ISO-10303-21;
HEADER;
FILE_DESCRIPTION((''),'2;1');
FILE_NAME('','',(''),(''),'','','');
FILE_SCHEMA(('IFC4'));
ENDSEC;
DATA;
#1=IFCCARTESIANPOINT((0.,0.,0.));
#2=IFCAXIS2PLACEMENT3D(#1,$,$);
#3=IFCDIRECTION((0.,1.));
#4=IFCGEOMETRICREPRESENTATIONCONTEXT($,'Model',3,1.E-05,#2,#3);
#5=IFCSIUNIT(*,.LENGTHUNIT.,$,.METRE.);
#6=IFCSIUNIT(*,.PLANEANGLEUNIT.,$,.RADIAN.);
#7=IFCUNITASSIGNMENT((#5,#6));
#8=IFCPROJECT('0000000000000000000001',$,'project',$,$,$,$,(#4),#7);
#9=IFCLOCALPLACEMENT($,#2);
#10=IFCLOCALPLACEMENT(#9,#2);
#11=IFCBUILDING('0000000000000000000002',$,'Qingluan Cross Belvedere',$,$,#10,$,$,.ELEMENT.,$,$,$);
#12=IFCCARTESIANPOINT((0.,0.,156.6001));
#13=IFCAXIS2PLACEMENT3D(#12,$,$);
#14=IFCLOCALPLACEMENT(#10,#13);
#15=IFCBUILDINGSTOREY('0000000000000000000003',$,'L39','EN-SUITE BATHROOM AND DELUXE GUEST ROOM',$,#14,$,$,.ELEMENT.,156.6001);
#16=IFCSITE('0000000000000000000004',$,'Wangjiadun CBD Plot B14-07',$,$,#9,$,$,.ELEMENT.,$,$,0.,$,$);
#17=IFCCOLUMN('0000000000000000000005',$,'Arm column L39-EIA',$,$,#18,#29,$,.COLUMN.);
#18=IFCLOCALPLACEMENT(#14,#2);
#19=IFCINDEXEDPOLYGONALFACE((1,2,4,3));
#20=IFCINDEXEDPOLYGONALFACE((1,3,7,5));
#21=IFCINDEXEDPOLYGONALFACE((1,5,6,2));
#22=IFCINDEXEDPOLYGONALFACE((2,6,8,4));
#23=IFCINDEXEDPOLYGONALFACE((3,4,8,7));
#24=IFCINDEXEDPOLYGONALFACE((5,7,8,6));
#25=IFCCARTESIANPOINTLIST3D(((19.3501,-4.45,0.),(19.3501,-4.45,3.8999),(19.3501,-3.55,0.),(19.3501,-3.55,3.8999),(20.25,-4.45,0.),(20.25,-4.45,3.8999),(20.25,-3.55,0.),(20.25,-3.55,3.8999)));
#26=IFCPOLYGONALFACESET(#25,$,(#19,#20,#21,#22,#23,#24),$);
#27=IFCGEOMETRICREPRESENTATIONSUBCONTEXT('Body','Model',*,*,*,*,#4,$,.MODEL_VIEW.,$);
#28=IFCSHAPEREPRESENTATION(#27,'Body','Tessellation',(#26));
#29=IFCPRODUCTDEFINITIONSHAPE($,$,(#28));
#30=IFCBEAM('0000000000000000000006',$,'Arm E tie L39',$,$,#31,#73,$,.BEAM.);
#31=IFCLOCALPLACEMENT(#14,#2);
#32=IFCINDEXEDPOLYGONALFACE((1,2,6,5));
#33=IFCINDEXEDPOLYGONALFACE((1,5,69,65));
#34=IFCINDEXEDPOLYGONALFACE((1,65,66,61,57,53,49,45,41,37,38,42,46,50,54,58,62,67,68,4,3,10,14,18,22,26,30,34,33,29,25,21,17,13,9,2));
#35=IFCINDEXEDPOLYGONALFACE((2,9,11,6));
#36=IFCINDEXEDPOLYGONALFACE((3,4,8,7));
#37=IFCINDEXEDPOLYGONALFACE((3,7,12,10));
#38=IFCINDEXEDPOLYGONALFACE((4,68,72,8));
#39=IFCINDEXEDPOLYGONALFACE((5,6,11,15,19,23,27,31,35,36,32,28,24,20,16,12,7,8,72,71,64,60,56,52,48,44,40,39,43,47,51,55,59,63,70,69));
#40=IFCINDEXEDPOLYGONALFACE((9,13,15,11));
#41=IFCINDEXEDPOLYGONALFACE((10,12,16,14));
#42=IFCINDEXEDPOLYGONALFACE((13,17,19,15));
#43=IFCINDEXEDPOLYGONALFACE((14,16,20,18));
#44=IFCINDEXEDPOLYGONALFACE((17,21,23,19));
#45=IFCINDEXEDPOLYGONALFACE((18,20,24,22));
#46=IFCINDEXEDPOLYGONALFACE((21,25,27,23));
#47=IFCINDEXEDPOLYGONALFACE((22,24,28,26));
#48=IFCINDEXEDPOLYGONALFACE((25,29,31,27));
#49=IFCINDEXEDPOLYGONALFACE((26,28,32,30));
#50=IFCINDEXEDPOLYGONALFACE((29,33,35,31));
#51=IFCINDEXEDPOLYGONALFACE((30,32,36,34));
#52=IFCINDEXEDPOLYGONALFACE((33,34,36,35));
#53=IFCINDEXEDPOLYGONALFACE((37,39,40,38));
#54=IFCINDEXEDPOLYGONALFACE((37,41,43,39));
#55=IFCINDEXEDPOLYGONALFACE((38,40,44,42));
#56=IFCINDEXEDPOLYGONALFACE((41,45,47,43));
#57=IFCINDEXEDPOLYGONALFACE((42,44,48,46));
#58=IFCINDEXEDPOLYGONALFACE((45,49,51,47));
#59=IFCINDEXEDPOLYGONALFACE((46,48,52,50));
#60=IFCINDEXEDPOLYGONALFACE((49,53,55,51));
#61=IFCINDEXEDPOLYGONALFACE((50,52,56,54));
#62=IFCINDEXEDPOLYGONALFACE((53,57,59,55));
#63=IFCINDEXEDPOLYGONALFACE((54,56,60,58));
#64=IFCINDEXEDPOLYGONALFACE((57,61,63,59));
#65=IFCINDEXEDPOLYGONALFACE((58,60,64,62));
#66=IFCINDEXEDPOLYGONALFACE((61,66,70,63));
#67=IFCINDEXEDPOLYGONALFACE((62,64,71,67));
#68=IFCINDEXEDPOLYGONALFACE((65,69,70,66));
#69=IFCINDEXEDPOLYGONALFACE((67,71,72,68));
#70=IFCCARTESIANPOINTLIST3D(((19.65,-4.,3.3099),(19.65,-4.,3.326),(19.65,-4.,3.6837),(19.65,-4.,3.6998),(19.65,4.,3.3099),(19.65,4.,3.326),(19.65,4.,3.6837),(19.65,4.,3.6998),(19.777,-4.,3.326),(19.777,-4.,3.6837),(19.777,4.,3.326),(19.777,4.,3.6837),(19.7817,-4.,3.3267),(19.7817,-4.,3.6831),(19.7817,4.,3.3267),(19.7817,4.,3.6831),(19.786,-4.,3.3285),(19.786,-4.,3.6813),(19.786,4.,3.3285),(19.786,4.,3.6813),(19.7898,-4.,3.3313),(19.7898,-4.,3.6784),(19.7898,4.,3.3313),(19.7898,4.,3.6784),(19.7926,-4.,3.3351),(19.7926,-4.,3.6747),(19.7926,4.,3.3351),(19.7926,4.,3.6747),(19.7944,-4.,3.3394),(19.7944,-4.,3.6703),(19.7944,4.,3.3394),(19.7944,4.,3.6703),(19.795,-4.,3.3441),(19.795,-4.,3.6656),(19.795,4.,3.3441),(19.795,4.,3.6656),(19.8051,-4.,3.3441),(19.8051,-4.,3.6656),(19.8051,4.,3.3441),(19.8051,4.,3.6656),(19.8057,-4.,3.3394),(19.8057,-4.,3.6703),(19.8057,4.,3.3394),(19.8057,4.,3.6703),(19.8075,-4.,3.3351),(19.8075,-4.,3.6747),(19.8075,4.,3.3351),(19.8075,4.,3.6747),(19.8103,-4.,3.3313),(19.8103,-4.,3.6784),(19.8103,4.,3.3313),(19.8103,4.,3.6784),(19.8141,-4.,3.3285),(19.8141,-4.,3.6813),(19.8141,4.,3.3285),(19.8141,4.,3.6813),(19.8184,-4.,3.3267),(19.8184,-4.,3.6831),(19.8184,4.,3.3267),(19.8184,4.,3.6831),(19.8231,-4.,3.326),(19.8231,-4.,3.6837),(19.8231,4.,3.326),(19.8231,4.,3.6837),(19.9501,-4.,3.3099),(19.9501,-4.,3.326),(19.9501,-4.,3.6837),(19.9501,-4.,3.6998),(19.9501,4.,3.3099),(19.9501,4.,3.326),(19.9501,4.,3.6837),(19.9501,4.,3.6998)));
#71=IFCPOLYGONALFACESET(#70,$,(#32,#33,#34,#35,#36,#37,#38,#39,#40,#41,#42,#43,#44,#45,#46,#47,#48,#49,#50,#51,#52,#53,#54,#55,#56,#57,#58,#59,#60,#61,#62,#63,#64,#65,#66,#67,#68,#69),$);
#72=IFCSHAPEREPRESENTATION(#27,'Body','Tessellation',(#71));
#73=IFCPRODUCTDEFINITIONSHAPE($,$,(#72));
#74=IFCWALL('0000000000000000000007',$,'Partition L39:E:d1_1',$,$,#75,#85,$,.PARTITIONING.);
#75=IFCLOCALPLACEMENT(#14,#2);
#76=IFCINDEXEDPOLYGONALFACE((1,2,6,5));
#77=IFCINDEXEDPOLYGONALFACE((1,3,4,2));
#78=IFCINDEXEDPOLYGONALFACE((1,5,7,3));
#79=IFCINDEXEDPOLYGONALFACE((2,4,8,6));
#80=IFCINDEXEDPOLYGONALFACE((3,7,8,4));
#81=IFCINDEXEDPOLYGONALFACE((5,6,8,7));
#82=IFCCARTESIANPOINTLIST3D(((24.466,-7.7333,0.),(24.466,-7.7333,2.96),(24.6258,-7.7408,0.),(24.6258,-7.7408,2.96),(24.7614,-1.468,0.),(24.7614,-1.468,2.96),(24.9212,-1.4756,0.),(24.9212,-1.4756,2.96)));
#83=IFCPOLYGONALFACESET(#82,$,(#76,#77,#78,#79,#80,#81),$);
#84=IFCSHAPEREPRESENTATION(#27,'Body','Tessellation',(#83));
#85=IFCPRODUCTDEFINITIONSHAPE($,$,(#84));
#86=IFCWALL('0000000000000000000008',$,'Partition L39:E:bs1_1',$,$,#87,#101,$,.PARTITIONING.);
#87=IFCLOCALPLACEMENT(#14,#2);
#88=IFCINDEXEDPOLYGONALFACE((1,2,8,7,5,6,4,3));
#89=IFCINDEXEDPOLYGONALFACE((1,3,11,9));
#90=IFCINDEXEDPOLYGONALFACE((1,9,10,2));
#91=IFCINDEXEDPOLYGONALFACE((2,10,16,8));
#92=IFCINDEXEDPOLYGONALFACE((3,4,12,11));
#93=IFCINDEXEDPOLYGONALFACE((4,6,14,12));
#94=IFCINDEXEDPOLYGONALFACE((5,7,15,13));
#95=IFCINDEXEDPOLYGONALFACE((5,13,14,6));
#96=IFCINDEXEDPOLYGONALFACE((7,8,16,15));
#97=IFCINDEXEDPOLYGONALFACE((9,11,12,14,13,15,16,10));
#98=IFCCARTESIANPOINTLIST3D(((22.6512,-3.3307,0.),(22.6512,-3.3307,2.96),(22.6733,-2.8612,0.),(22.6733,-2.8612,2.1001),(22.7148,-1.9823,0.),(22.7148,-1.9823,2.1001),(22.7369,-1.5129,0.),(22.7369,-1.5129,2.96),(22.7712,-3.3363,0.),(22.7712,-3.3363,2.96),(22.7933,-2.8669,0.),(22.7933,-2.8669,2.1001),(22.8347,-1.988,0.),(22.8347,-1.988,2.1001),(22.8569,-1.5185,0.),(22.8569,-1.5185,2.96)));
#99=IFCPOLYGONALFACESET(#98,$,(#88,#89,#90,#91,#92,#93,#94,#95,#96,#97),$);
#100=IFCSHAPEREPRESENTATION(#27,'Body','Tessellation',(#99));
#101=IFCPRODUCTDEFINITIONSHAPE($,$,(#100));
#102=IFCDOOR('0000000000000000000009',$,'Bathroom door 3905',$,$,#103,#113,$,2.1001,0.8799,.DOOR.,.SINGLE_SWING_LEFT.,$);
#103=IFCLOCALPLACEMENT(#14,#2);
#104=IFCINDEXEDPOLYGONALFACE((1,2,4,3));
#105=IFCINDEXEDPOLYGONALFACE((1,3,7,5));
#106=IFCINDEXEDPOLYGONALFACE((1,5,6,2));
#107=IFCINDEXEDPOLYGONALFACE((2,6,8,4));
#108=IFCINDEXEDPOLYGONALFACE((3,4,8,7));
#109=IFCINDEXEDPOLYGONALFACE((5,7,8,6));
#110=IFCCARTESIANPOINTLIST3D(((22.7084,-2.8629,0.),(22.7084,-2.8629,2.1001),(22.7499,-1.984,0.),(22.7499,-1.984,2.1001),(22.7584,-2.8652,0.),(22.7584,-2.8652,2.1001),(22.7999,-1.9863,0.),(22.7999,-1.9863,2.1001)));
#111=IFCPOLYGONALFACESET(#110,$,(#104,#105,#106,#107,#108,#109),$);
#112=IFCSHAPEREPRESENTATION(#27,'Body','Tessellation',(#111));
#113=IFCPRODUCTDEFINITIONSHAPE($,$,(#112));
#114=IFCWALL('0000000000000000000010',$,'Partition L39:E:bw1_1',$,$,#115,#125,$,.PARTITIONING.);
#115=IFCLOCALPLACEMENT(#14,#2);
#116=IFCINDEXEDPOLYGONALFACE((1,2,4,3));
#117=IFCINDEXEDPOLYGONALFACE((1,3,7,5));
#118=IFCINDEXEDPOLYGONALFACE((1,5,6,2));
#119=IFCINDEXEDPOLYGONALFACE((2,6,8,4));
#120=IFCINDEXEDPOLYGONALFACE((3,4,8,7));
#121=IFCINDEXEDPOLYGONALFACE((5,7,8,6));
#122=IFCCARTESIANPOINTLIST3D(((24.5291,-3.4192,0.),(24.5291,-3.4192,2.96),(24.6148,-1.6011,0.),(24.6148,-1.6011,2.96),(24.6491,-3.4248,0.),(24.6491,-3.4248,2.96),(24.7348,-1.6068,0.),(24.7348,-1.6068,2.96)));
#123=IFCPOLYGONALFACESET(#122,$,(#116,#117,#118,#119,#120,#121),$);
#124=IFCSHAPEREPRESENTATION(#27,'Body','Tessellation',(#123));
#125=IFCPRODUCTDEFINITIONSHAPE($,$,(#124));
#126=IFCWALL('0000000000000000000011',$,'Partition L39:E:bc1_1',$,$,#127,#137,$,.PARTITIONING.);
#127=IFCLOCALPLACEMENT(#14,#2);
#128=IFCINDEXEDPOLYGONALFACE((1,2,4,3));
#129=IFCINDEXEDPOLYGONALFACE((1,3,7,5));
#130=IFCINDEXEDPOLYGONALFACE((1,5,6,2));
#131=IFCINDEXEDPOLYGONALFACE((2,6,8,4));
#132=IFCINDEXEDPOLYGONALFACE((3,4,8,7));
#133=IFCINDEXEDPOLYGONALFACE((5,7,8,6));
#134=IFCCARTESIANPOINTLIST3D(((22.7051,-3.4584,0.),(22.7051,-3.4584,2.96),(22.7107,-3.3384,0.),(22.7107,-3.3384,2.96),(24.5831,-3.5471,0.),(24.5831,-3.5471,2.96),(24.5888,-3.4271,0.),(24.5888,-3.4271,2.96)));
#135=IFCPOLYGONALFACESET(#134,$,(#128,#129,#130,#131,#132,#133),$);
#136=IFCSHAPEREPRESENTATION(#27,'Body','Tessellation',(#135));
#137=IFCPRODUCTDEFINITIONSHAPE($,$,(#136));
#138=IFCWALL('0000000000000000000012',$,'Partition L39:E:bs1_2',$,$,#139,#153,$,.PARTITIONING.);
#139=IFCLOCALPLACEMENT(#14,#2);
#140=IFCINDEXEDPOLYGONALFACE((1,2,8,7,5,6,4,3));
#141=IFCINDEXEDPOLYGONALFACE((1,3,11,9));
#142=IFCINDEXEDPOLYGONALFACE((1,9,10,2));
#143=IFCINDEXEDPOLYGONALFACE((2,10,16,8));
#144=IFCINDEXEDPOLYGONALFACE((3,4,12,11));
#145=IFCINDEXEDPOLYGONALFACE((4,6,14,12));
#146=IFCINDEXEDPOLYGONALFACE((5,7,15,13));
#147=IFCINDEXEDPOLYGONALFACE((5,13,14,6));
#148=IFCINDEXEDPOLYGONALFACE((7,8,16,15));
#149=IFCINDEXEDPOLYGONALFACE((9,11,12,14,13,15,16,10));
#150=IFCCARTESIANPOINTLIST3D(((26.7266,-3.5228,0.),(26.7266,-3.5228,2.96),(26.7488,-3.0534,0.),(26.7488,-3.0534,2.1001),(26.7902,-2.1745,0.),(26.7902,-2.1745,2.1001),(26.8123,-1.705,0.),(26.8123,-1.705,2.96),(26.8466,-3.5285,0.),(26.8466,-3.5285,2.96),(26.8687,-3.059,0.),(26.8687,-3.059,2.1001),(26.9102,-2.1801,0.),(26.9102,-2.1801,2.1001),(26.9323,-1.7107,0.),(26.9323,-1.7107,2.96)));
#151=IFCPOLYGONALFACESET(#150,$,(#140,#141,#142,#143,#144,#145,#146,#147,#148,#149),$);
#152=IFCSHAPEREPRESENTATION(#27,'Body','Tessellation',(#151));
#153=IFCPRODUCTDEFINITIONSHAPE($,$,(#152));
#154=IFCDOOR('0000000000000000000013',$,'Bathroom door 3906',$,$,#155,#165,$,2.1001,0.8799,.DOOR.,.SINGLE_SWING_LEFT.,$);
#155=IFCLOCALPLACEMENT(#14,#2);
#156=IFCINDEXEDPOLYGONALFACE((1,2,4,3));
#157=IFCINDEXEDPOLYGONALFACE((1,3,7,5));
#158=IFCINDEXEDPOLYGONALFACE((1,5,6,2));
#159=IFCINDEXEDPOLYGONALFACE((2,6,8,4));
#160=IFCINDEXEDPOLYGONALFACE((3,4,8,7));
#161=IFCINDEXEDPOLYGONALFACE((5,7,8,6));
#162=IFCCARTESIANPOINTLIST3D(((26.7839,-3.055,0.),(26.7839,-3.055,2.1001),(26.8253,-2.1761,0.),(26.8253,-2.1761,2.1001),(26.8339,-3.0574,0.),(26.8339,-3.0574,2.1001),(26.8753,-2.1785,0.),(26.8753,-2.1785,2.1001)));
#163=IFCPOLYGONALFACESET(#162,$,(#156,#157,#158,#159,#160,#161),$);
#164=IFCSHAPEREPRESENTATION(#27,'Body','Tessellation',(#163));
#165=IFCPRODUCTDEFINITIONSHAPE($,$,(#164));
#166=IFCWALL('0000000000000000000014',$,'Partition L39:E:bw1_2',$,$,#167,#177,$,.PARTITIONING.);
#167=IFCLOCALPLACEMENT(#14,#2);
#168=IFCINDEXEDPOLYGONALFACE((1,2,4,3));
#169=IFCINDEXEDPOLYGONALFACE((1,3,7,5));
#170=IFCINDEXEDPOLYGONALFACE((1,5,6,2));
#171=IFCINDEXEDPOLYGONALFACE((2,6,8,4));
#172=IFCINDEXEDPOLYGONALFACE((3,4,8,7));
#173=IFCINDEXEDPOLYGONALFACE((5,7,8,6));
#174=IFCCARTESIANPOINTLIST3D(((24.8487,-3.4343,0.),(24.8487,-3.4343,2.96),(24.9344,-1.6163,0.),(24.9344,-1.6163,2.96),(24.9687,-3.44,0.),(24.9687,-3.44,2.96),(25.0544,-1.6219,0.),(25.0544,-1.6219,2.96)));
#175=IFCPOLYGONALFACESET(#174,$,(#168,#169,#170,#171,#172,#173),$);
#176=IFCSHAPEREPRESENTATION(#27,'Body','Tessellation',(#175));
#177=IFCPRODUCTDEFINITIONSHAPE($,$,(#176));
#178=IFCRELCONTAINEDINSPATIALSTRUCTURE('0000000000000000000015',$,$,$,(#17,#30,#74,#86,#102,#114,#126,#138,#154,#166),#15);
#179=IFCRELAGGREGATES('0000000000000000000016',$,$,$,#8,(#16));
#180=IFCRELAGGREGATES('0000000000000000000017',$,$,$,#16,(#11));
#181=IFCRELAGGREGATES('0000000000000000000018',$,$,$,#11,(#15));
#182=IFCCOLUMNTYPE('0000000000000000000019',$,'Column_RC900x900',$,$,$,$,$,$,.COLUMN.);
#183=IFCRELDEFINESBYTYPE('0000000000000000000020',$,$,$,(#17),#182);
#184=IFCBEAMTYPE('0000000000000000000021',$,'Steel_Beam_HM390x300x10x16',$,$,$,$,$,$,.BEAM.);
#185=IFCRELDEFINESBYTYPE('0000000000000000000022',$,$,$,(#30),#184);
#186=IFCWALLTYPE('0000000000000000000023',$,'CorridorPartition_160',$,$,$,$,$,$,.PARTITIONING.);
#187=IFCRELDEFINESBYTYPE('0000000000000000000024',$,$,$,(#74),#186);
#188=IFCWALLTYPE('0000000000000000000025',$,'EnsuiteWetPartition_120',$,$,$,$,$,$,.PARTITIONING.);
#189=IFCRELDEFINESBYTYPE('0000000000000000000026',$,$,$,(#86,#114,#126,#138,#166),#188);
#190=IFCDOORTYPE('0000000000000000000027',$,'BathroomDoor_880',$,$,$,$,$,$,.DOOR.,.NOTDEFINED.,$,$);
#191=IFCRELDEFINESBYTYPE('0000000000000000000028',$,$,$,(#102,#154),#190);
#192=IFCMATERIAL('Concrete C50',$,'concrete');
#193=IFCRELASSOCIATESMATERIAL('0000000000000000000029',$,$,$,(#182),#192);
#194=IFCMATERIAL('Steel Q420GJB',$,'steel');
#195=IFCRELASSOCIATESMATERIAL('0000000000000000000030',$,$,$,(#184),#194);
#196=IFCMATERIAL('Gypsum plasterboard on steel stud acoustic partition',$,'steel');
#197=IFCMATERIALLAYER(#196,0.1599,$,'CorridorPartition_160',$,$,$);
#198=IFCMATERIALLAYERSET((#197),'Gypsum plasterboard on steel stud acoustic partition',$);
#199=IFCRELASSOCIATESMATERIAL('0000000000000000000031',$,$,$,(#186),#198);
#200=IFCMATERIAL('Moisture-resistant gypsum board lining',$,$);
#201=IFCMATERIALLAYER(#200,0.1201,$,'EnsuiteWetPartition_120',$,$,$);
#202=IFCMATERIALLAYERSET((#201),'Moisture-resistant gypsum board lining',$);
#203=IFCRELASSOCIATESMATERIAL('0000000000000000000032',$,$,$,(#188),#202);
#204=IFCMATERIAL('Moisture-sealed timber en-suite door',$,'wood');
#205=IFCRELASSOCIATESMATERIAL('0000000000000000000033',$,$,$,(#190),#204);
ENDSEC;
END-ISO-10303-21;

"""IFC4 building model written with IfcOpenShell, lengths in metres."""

from ifc_helpers import new_model, si_unit, direction, frame, frame_2d, origin, origin_2d, place, context, subcontext, project, spatial, rectangle, i_section, extrude, material, layer, layer_set, material_profile, profile_set, type_object, element, fill, save


model = new_model("IFC4")

# Units and contexts
model_context = context("Model", 3, precision=1e-05, world=origin(), true_north=direction((0.0, 1.0)))
body_context = subcontext(model_context, "Body", "Model", "MODEL_VIEW")
ifc_project = project(units=[si_unit("LENGTHUNIT", "METRE"), si_unit("PLANEANGLEUNIT", "RADIAN")], contexts=[model_context])

# Site, building, storey
site_placement = place(None, origin())
site = spatial("IfcSite", under=ifc_project, at=site_placement, Name="Wangjiadun CBD Plot B14-07", CompositionType="ELEMENT", RefElevation=0.0)
building_placement = place(site_placement, origin())
building = spatial("IfcBuilding", under=site, at=building_placement, Name="Qingluan Cross Belvedere", CompositionType="ELEMENT")
storey_placement = place(building_placement, frame((0.0, 0.0, 156.6001)))
storey = spatial("IfcBuildingStorey", under=building, at=storey_placement, Name="L39", Description="EN-SUITE BATHROOM AND DELUXE GUEST ROOM", CompositionType="ELEMENT", Elevation=156.6001)

# Column
ifc_material_1 = material(Name="Concrete C50", Category="concrete")
ifc_material_profile_1 = material_profile(ifc_material_1, rectangle(XDim=0.8999, YDim=0.8999, at=origin_2d()), Name="RC900x900")
ifc_profile_set_1 = profile_set([ifc_material_profile_1], Name="Concrete C50")
column_type = type_object("IfcColumnType", Name="Column_RC900x900", PredefinedType="COLUMN", material=ifc_profile_set_1)
column_placement = place(storey_placement, frame((19.8, -4.0, 0.0), z_axis=(0.0, 0.0, 1.0), x_axis=(1.0, 0.0, 0.0)))
element("IfcColumn", 1, at=column_placement, inside=storey, type_object=column_type, Name="Arm column L39-EIA", PredefinedType="COLUMN", context=body_context, shape_type="SweptSolid", body=[
    extrude(rectangle(XDim=0.8999, YDim=0.8999, at=origin_2d()), origin(), (0.0, 0.0, 1.0), 3.8999),
])

# Beam
ifc_material_2 = material(Name="Steel Q420GJB", Category="steel")
ifc_material_profile_2 = material_profile(ifc_material_2, i_section(OverallWidth=0.3, OverallDepth=0.3899, WebThickness=0.01, FlangeThickness=0.0161, FilletRadius=0.0181, at=origin_2d()), Name="HM390x300x10x16")
ifc_profile_set_2 = profile_set([ifc_material_profile_2], Name="Steel Q420GJB")
beam_type = type_object("IfcBeamType", Name="Steel_Beam_HM390x300x10x16", PredefinedType="BEAM", material=ifc_profile_set_2)
beam_placement = place(storey_placement, frame((19.8, -4.0, 3.5049), z_axis=(0.0, 1.0, 0.0), x_axis=(-1.0, 0.0, 0.0)))
element("IfcBeam", 2, at=beam_placement, inside=storey, type_object=beam_type, Name="Arm E tie L39", PredefinedType="BEAM", context=body_context, shape_type="SweptSolid", body=[
    extrude(i_section(OverallWidth=0.3, OverallDepth=0.3899, WebThickness=0.01, FlangeThickness=0.0161, FilletRadius=0.0181, at=origin_2d()), origin(), (0.0, 0.0, 1.0), 8.0),
])

# Wall
ifc_material_3 = material(Name="Gypsum plasterboard on steel stud acoustic partition", Category="steel")
ifc_layer_1 = layer(ifc_material_3, 0.1599, Name="CorridorPartition_160")
ifc_layer_set_1 = layer_set([ifc_layer_1], Name="Gypsum plasterboard on steel stud acoustic partition")
wall_type_1 = type_object("IfcWallType", Name="CorridorPartition_160", PredefinedType="PARTITIONING", material=ifc_layer_set_1)
wall_1_placement = place(storey_placement, frame((24.8413, -1.4717, 0.0), z_axis=(0.0, 0.0, 1.0), x_axis=(-0.047099, -0.99889, 0.0)))
element("IfcWall", 3, at=wall_1_placement, inside=storey, type_object=wall_type_1, Name="Partition L39:E:d1_1", PredefinedType="PARTITIONING", context=body_context, shape_type="SweptSolid", body=[
    extrude(rectangle(XDim=6.2722, YDim=0.1599, at=frame_2d((3.1362, 0.0))), origin(), (0.0, 0.0, 1.0), 2.96),
])

# Wall, opening, door
ifc_material_4 = material(Name="Moisture-resistant gypsum board lining")
ifc_layer_2 = layer(ifc_material_4, 0.1201, Name="EnsuiteWetPartition_120")
ifc_layer_set_2 = layer_set([ifc_layer_2], Name="Moisture-resistant gypsum board lining")
wall_type_2 = type_object("IfcWallType", Name="EnsuiteWetPartition_120", PredefinedType="PARTITIONING", material=ifc_layer_set_2)
wall_2_placement = place(storey_placement, frame((22.7112, -3.3335, 0.0), z_axis=(0.0, 0.0, 1.0), x_axis=(0.047087, 0.998891, 0.0)))
wall_2 = element("IfcWall", 4, at=wall_2_placement, inside=storey, type_object=wall_type_2, Name="Partition L39:E:bs1_1", PredefinedType="PARTITIONING", context=body_context, shape_type="SweptSolid", body=[
    extrude(rectangle(XDim=1.8198, YDim=0.1201, at=frame_2d((0.9099, 0.0))), origin(), (0.0, 0.0, 1.0), 2.96),
])
opening_1_placement = place(wall_2_placement, frame((0.47, 0.0, 0.0)))
opening_1 = element("IfcOpeningElement", 5, at=opening_1_placement, cuts=wall_2, PredefinedType="OPENING", context=body_context, shape_type="SweptSolid", body=[
    extrude(rectangle(XDim=0.8799, YDim=2.1001, at=frame_2d((0.4399, 1.05))), frame((0.0, 0.0701, 0.0), z_axis=(0.0, -1.0, 0.0), x_axis=(1.0, 0.0, 0.0)), (0.0, 0.0, 1.0), 0.1401),
])
ifc_material_5 = material(Name="Moisture-sealed timber en-suite door", Category="wood")
door_type = type_object("IfcDoorType", Name="BathroomDoor_880", OperationType="NOTDEFINED", PredefinedType="DOOR", material=ifc_material_5)
door_1_placement = place(opening_1_placement, origin())
door_1 = element("IfcDoor", 6, at=door_1_placement, inside=storey, type_object=door_type, Name="Bathroom door 3905", OperationType="SINGLE_SWING_LEFT", OverallHeight=2.1001, OverallWidth=0.8799, PredefinedType="DOOR", context=body_context, shape_type="SweptSolid", body=[
    extrude(rectangle(XDim=0.8799, YDim=2.1001, at=frame_2d((0.4399, 1.05))), frame((0.0, 0.0249, 0.0), z_axis=(0.0, -1.0, 0.0), x_axis=(1.0, 0.0, 0.0)), (0.0, 0.0, 1.0), 0.05),
])
fill(opening_1, door_1)

# Walls
wall_3_placement = place(storey_placement, frame((24.5891, -3.4221, 0.0), z_axis=(0.0, 0.0, 1.0), x_axis=(0.047081, 0.998891, 0.0)))
element("IfcWall", 7, at=wall_3_placement, inside=storey, type_object=wall_type_2, Name="Partition L39:E:bw1_1", PredefinedType="PARTITIONING", context=body_context, shape_type="SweptSolid", body=[
    extrude(rectangle(XDim=1.8201, YDim=0.1201, at=frame_2d((0.9102, 0.0))), origin(), (0.0, 0.0, 1.0), 2.96),
])
wall_4_placement = place(storey_placement, frame((22.708, -3.3984, 0.0), z_axis=(0.0, 0.0, 1.0), x_axis=(0.998888, -0.047139, 0.0)))
element("IfcWall", 8, at=wall_4_placement, inside=storey, type_object=wall_type_2, Name="Partition L39:E:bc1_1", PredefinedType="PARTITIONING", context=body_context, shape_type="SweptSolid", body=[
    extrude(rectangle(XDim=1.8801, YDim=0.1201, at=frame_2d((0.9399, 0.0))), origin(), (0.0, 0.0, 1.0), 2.96),
])

# Wall, opening, door
wall_5_placement = place(storey_placement, frame((26.7866, -3.5256, 0.0), z_axis=(0.0, 0.0, 1.0), x_axis=(0.047087, 0.998891, 0.0)))
wall_5 = element("IfcWall", 9, at=wall_5_placement, inside=storey, type_object=wall_type_2, Name="Partition L39:E:bs1_2", PredefinedType="PARTITIONING", context=body_context, shape_type="SweptSolid", body=[
    extrude(rectangle(XDim=1.8198, YDim=0.1201, at=frame_2d((0.9099, 0.0))), origin(), (0.0, 0.0, 1.0), 2.96),
])
opening_2_placement = place(wall_5_placement, frame((0.47, 0.0, 0.0)))
opening_2 = element("IfcOpeningElement", 10, at=opening_2_placement, cuts=wall_5, PredefinedType="OPENING", context=body_context, shape_type="SweptSolid", body=[
    extrude(rectangle(XDim=0.8799, YDim=2.1001, at=frame_2d((0.4399, 1.05))), frame((0.0, 0.0701, 0.0), z_axis=(0.0, -1.0, 0.0), x_axis=(1.0, 0.0, 0.0)), (0.0, 0.0, 1.0), 0.1401),
])
door_2_placement = place(opening_2_placement, origin())
door_2 = element("IfcDoor", 11, at=door_2_placement, inside=storey, type_object=door_type, Name="Bathroom door 3906", OperationType="SINGLE_SWING_LEFT", OverallHeight=2.1001, OverallWidth=0.8799, PredefinedType="DOOR", context=body_context, shape_type="SweptSolid", body=[
    extrude(rectangle(XDim=0.8799, YDim=2.1001, at=frame_2d((0.4399, 1.05))), frame((0.0, 0.0249, 0.0), z_axis=(0.0, -1.0, 0.0), x_axis=(1.0, 0.0, 0.0)), (0.0, 0.0, 1.0), 0.05),
])
fill(opening_2, door_2)

# Wall
wall_6_placement = place(storey_placement, frame((24.9087, -3.4373, 0.0), z_axis=(0.0, 0.0, 1.0), x_axis=(0.047081, 0.998891, 0.0)))
element("IfcWall", 12, at=wall_6_placement, inside=storey, type_object=wall_type_2, Name="Partition L39:E:bw1_2", PredefinedType="PARTITIONING", context=body_context, shape_type="SweptSolid", body=[
    extrude(rectangle(XDim=1.8201, YDim=0.1201, at=frame_2d((0.9102, 0.0))), origin(), (0.0, 0.0, 1.0), 2.96),
])

save(model, "model.ifc")
